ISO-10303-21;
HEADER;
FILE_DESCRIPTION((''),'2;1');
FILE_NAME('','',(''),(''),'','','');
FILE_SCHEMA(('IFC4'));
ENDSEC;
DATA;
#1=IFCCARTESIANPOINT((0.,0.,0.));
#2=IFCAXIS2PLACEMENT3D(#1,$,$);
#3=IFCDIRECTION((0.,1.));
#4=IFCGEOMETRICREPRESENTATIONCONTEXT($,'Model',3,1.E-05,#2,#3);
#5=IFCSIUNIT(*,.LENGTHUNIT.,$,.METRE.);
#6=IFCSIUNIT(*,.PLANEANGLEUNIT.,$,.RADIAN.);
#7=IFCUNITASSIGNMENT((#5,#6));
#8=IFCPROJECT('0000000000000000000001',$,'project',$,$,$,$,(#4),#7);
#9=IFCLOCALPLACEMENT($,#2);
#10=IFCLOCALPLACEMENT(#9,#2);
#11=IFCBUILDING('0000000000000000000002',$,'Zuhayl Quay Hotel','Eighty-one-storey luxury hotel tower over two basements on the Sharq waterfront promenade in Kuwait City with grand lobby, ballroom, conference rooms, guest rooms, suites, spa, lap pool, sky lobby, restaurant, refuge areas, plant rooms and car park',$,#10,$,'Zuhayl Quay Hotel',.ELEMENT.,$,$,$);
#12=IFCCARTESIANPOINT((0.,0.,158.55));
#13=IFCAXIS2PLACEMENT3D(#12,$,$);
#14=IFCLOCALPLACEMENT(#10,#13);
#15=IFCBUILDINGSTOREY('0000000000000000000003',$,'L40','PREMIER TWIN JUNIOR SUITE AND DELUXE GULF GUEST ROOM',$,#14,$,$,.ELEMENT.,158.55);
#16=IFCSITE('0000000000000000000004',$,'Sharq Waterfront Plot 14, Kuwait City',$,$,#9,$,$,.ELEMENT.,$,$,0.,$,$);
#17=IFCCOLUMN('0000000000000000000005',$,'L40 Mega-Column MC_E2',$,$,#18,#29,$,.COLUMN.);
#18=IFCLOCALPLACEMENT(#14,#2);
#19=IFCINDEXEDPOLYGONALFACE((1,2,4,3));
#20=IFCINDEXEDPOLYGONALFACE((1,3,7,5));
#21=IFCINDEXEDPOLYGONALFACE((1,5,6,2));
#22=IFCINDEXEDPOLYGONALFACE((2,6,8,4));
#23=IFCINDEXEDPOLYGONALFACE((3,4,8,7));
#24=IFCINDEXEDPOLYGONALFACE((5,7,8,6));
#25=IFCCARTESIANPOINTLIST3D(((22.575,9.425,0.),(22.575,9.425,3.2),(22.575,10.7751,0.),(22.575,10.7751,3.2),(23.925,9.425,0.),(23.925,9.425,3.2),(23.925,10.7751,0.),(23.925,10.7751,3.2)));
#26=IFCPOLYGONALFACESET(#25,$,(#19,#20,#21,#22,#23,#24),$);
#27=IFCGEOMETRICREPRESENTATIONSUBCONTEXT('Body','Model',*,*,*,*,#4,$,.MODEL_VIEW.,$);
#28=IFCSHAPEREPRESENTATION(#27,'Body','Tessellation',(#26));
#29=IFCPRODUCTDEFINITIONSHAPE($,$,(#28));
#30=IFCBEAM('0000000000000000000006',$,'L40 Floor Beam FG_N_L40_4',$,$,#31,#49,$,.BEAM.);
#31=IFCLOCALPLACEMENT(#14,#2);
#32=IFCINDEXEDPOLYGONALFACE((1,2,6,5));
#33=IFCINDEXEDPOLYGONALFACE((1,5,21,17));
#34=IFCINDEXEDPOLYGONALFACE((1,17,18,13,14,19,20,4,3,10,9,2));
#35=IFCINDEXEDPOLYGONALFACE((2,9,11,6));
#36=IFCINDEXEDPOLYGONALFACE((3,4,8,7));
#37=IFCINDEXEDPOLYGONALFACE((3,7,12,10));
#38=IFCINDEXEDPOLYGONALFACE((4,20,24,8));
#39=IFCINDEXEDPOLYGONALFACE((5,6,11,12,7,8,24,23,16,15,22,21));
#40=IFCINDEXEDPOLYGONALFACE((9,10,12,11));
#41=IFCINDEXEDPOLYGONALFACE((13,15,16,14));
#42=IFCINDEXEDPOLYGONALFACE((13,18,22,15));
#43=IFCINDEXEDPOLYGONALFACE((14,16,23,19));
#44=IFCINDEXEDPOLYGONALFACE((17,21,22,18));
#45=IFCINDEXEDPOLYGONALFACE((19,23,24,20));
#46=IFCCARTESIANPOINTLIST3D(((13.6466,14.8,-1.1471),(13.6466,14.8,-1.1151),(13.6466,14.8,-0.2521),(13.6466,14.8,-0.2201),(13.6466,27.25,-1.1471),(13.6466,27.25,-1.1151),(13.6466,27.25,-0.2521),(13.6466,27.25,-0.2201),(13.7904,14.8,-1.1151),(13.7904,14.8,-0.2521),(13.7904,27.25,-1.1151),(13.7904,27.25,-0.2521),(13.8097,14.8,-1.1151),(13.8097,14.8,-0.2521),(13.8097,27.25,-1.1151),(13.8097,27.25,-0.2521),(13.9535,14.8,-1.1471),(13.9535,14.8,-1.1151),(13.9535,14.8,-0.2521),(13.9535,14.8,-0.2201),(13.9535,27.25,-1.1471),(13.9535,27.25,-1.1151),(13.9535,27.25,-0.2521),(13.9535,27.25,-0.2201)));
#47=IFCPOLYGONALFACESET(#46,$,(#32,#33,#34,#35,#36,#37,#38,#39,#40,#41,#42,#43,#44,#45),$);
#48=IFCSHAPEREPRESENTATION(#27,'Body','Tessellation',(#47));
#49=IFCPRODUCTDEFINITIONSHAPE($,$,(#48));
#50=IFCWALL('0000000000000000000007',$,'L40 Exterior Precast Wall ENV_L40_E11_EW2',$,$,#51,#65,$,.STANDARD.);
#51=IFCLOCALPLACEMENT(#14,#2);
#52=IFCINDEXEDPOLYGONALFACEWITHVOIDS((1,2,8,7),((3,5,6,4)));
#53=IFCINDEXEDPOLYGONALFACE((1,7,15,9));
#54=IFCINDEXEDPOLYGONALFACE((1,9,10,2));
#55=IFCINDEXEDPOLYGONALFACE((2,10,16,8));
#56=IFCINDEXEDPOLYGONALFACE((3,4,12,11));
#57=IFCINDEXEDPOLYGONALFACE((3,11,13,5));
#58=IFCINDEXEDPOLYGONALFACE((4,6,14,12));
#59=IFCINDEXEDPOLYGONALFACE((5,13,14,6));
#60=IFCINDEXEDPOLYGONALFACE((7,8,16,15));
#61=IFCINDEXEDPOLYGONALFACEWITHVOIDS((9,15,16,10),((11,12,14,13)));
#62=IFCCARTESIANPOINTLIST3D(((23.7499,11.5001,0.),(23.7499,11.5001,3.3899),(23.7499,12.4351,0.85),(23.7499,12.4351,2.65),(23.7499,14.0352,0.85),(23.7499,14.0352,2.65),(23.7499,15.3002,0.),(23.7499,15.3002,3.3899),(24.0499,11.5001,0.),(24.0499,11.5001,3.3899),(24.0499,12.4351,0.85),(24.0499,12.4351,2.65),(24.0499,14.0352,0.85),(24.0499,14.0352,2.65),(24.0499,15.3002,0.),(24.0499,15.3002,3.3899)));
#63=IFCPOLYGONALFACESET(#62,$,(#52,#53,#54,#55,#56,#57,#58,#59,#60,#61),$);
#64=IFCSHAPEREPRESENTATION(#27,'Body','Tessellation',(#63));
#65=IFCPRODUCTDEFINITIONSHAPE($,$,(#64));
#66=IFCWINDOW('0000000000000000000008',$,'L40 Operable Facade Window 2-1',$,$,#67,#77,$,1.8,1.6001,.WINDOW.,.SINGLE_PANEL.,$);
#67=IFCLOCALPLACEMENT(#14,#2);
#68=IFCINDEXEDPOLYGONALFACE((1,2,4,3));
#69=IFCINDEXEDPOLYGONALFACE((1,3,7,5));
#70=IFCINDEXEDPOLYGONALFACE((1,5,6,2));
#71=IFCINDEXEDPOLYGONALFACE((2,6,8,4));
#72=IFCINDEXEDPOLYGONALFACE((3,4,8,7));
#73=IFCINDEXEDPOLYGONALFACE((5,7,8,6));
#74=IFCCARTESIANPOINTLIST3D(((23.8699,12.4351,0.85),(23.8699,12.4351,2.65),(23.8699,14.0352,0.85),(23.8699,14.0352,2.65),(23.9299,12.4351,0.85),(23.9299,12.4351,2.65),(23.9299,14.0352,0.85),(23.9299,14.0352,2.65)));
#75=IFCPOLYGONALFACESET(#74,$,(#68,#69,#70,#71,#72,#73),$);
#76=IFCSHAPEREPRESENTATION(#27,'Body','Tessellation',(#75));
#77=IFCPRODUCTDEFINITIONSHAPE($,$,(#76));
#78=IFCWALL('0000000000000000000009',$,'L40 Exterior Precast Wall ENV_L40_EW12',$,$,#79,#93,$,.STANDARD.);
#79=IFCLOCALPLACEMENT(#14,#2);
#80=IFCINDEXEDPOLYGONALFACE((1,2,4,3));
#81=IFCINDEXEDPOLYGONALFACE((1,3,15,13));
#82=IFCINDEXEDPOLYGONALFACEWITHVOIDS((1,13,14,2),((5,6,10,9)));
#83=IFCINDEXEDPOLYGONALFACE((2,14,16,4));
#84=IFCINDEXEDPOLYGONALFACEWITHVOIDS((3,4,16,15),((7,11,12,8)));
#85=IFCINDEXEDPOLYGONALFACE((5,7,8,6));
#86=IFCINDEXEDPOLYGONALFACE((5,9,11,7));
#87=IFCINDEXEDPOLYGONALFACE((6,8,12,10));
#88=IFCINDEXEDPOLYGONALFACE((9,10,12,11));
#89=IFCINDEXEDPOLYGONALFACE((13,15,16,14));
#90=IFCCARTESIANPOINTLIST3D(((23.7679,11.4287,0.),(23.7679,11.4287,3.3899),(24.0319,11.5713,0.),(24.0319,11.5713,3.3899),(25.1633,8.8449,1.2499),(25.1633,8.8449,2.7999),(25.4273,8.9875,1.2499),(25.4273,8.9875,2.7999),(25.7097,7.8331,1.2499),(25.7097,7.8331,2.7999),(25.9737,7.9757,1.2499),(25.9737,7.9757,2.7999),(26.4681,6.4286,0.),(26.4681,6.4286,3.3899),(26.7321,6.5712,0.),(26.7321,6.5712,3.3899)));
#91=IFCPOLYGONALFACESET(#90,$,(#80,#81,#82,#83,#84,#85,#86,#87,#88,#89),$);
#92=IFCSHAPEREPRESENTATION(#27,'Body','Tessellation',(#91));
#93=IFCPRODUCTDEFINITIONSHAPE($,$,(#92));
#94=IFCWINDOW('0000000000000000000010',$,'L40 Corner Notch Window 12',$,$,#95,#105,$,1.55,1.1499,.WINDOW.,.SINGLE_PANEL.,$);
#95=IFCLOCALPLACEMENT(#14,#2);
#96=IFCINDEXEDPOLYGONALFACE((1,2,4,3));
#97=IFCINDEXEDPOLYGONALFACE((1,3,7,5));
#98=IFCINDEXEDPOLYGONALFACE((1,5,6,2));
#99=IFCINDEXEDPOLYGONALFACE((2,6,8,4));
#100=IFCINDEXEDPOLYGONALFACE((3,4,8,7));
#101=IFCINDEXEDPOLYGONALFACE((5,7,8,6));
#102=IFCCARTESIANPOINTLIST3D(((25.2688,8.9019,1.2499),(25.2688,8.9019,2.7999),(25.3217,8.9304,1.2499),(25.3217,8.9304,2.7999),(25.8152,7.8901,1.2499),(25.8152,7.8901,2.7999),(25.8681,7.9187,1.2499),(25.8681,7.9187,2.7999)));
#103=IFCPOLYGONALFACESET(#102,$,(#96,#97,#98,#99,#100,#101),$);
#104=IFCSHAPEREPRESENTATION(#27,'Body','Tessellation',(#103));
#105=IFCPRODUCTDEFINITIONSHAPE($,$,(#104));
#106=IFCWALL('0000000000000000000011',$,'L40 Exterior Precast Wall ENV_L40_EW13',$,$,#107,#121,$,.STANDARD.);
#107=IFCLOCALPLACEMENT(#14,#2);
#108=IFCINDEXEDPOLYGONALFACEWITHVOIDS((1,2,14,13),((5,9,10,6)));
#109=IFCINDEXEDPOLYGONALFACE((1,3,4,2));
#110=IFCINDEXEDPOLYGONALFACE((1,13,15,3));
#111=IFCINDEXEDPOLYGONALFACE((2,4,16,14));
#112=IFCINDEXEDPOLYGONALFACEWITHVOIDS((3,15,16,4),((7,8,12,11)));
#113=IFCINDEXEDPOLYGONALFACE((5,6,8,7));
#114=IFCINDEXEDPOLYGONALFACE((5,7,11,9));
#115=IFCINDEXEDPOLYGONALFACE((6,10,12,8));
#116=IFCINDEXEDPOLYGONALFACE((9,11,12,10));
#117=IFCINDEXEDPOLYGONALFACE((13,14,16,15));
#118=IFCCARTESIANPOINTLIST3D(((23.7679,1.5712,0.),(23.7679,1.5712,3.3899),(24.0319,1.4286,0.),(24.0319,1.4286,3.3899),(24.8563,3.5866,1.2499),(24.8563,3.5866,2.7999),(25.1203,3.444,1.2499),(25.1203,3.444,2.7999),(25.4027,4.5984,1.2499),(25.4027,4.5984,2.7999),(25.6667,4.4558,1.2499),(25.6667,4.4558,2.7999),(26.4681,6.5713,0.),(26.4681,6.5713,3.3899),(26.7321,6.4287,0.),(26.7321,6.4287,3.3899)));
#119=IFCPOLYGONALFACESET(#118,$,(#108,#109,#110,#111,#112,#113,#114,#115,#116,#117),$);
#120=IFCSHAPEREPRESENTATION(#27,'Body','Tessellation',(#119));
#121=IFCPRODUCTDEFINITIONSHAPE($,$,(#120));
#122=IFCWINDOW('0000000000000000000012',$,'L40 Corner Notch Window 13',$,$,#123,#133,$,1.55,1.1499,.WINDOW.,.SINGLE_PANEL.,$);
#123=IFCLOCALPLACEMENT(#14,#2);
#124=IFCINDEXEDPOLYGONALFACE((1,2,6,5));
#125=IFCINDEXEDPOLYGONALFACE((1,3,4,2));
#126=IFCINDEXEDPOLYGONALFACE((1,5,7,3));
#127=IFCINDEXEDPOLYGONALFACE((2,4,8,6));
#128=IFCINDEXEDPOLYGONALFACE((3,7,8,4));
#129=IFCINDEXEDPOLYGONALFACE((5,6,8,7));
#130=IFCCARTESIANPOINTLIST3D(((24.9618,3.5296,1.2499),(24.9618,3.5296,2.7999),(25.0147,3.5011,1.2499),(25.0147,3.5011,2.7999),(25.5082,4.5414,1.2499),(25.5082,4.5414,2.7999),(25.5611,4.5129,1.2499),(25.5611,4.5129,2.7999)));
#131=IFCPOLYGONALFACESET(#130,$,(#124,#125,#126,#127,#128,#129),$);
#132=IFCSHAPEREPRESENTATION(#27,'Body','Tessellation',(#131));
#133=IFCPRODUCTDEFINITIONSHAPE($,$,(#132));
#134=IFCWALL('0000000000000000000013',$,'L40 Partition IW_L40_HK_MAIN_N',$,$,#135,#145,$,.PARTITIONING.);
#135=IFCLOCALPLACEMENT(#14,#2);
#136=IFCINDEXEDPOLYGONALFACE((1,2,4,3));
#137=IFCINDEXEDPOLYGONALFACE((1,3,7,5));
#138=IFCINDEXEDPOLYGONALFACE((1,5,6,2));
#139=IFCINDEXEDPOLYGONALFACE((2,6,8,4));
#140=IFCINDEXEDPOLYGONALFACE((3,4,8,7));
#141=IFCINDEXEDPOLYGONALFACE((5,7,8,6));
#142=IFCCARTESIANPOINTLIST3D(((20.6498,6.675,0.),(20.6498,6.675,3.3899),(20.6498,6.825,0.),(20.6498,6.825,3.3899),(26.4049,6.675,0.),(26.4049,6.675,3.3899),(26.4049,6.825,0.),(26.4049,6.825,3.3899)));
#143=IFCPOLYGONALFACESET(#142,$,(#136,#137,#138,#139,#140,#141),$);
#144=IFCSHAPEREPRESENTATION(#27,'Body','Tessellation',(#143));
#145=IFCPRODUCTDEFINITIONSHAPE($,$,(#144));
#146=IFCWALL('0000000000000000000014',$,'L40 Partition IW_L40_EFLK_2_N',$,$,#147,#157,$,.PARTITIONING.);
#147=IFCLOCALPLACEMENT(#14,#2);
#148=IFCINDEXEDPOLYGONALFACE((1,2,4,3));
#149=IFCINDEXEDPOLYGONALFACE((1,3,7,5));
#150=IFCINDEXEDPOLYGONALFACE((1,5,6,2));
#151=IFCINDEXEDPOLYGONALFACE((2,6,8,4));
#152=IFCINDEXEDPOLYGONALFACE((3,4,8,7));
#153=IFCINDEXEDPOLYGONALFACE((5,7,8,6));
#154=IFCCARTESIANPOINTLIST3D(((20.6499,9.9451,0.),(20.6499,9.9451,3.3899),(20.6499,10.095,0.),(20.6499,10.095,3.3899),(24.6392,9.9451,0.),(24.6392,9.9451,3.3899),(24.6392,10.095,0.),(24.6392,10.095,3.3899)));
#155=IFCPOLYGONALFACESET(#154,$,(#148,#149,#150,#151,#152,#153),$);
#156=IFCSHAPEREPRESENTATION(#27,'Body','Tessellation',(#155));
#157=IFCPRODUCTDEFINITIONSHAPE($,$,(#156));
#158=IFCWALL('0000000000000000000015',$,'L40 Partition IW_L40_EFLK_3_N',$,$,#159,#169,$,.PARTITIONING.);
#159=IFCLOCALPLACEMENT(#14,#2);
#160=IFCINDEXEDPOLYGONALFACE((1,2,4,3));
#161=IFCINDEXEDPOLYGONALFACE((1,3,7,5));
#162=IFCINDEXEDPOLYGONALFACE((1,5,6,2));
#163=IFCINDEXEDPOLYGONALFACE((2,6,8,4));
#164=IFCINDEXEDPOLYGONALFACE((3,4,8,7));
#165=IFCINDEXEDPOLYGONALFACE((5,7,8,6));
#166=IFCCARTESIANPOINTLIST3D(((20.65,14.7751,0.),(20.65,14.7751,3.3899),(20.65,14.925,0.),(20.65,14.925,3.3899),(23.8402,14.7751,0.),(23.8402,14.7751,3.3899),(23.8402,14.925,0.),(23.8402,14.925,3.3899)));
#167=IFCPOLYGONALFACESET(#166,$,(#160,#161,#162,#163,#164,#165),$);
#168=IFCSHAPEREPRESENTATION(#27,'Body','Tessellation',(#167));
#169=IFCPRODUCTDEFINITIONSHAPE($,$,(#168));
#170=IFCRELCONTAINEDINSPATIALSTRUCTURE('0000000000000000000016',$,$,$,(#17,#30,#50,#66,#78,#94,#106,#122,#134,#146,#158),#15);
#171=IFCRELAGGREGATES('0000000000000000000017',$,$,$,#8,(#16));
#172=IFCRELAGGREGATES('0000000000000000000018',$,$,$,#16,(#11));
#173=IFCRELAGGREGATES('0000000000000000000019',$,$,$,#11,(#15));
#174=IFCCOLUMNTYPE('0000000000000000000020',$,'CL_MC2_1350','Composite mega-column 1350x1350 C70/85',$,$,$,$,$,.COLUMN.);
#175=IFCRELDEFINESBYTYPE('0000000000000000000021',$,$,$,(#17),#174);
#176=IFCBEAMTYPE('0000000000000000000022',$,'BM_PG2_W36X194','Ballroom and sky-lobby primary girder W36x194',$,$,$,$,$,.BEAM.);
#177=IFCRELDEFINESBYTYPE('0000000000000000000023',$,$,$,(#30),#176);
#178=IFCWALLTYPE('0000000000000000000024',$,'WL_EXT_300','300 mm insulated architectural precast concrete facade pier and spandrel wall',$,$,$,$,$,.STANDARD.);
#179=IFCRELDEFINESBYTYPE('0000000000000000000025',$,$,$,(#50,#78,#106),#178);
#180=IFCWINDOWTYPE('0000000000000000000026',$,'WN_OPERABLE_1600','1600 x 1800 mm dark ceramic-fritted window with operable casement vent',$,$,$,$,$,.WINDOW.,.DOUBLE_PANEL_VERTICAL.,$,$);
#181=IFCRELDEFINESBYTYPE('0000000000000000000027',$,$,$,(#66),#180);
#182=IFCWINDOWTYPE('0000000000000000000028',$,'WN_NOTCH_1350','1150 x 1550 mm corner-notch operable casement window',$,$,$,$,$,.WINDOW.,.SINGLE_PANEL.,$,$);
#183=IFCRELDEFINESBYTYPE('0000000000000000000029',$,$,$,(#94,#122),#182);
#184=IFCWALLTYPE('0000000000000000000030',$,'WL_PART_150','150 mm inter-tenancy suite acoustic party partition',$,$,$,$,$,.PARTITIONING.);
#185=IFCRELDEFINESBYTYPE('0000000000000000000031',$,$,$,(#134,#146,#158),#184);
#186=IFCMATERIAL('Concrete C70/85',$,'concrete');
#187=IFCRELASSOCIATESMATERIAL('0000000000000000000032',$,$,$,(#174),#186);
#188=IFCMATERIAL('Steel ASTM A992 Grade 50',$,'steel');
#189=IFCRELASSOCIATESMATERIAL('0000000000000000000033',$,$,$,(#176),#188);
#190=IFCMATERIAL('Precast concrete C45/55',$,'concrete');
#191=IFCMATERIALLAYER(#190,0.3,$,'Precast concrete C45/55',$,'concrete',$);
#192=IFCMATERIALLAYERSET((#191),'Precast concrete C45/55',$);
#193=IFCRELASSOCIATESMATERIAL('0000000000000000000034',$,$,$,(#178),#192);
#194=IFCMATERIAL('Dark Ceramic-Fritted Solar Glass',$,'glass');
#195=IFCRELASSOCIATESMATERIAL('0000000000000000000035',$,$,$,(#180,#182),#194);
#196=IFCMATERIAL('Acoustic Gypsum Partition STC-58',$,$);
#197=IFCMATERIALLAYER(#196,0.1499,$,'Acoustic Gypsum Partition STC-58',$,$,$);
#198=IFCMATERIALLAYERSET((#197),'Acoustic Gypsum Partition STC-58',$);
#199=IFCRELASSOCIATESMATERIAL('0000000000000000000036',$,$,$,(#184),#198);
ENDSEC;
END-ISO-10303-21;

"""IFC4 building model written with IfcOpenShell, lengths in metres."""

from ifc_helpers import new_model, si_unit, direction, frame, frame_2d, origin, origin_2d, place, context, subcontext, project, spatial, rectangle, i_section, extrude, material, layer, layer_set, material_profile, profile_set, type_object, element, fill, save


model = new_model("IFC4")

# Units and contexts
model_context = context("Model", 3, precision=1e-05, world=origin(), true_north=direction((0.0, 1.0)))
body_context = subcontext(model_context, "Body", "Model", "MODEL_VIEW")
ifc_project = project(units=[si_unit("LENGTHUNIT", "METRE"), si_unit("PLANEANGLEUNIT", "RADIAN")], contexts=[model_context])

# Site, building, storey
site_placement = place(None, origin())
site = spatial("IfcSite", under=ifc_project, at=site_placement, Name="Sharq Waterfront Plot 14, Kuwait City", CompositionType="ELEMENT", RefElevation=0.0)
building_placement = place(site_placement, origin())
building = spatial("IfcBuilding", under=site, at=building_placement, Name="Zuhayl Quay Hotel", Description="Eighty-one-storey luxury hotel tower over two basements on the Sharq waterfront promenade in Kuwait City with grand lobby, ballroom, conference rooms, guest rooms, suites, spa, lap pool, sky lobby, restaurant, refuge areas, plant rooms and car park", LongName="Zuhayl Quay Hotel", CompositionType="ELEMENT")
storey_placement = place(building_placement, frame((0.0, 0.0, 158.55)))
storey = spatial("IfcBuildingStorey", under=building, at=storey_placement, Name="L40", Description="PREMIER TWIN JUNIOR SUITE AND DELUXE GULF GUEST ROOM", CompositionType="ELEMENT", Elevation=158.55)

# Column
ifc_material_1 = material(Name="Concrete C70/85", Category="concrete")
ifc_material_profile_1 = material_profile(ifc_material_1, rectangle(XDim=1.3501, YDim=1.3501, at=origin_2d()), Name="RC1350X1350")
ifc_profile_set_1 = profile_set([ifc_material_profile_1], Name="Concrete C70/85")
column_type = type_object("IfcColumnType", Name="CL_MC2_1350", Description="Composite mega-column 1350x1350 C70/85", PredefinedType="COLUMN", material=ifc_profile_set_1)
column_placement = place(storey_placement, frame((23.25, 10.1001, 0.0), z_axis=(0.0, 0.0, 1.0), x_axis=(1.0, 0.0, 0.0)))
element("IfcColumn", 1, at=column_placement, inside=storey, type_object=column_type, Name="L40 Mega-Column MC_E2", PredefinedType="COLUMN", context=body_context, shape_type="SweptSolid", body=[
    extrude(rectangle(XDim=1.3501, YDim=1.3501, at=origin_2d()), origin(), (0.0, 0.0, 1.0), 3.2),
])

# Beam
ifc_material_2 = material(Name="Steel ASTM A992 Grade 50", Category="steel")
ifc_material_profile_2 = material_profile(ifc_material_2, i_section(OverallWidth=0.3069, OverallDepth=0.927, WebThickness=0.0193, FlangeThickness=0.032, at=origin_2d()), Name="W36X194")
ifc_profile_set_2 = profile_set([ifc_material_profile_2], Name="Steel ASTM A992 Grade 50")
beam_type = type_object("IfcBeamType", Name="BM_PG2_W36X194", Description="Ballroom and sky-lobby primary girder W36x194", PredefinedType="BEAM", material=ifc_profile_set_2)
beam_placement = place(storey_placement, frame((13.8, 14.8, -0.6836), z_axis=(0.0, 1.0, 0.0), x_axis=(-1.0, 0.0, 0.0)))
element("IfcBeam", 2, at=beam_placement, inside=storey, type_object=beam_type, Name="L40 Floor Beam FG_N_L40_4", PredefinedType="BEAM", context=body_context, shape_type="SweptSolid", body=[
    extrude(i_section(OverallWidth=0.3069, OverallDepth=0.927, WebThickness=0.0193, FlangeThickness=0.032, at=origin_2d()), origin(), (0.0, 0.0, 1.0), 12.45),
])

# Walls, openings, windows
ifc_material_3 = material(Name="Precast concrete C45/55", Category="concrete")
ifc_layer_1 = layer(ifc_material_3, 0.3, Name="Precast concrete C45/55", Category="concrete")
ifc_layer_set_1 = layer_set([ifc_layer_1], Name="Precast concrete C45/55")
wall_type_1 = type_object("IfcWallType", Name="WL_EXT_300", Description="300 mm insulated architectural precast concrete facade pier and spandrel wall", PredefinedType="STANDARD", material=ifc_layer_set_1)
wall_1_placement = place(storey_placement, frame((23.8999, 15.3, 0.0), z_axis=(0.0, 0.0, 1.0), x_axis=(0.0, -1.0, 0.0)))
wall_1 = element("IfcWall", 3, at=wall_1_placement, inside=storey, type_object=wall_type_1, Name="L40 Exterior Precast Wall ENV_L40_E11_EW2", PredefinedType="STANDARD", context=body_context, shape_type="SweptSolid", body=[
    extrude(rectangle(XDim=3.8, YDim=0.3, at=frame_2d((1.8999, 0.0))), origin(), (0.0, 0.0, 1.0), 3.3899),
])
opening_1_placement = place(wall_1_placement, frame((1.2649, 0.0, 0.8501)))
opening_1 = element("IfcOpeningElement", 4, at=opening_1_placement, cuts=wall_1, PredefinedType="OPENING", context=body_context, shape_type="SweptSolid", body=[
    extrude(rectangle(XDim=1.6001, YDim=1.8, at=frame_2d((0.8, 0.8999))), frame((0.0, 0.1599, 0.0), z_axis=(0.0, -1.0, 0.0), x_axis=(1.0, 0.0, 0.0)), (0.0, 0.0, 1.0), 0.3201),
])
ifc_material_4 = material(Name="Dark Ceramic-Fritted Solar Glass", Category="glass")
window_type_1 = type_object("IfcWindowType", Name="WN_OPERABLE_1600", Description="1600 x 1800 mm dark ceramic-fritted window with operable casement vent", PartitioningType="DOUBLE_PANEL_VERTICAL", PredefinedType="WINDOW", material=ifc_material_4)
window_1_placement = place(opening_1_placement, origin())
window_1 = element("IfcWindow", 5, at=window_1_placement, inside=storey, type_object=window_type_1, Name="L40 Operable Facade Window 2-1", OverallHeight=1.8, OverallWidth=1.6001, PartitioningType="SINGLE_PANEL", PredefinedType="WINDOW", context=body_context, shape_type="SweptSolid", body=[
    extrude(rectangle(XDim=1.6001, YDim=1.8, at=frame_2d((0.8, 0.8999))), frame((0.0, 0.03, 0.0), z_axis=(0.0, -1.0, 0.0), x_axis=(1.0, 0.0, 0.0)), (0.0, 0.0, 1.0), 0.0601),
])
fill(opening_1, window_1)
wall_2_placement = place(storey_placement, frame((23.8999, 11.5, 0.0), z_axis=(0.0, 0.0, 1.0), x_axis=(0.475176, -0.879891, 0.0)))
wall_2 = element("IfcWall", 6, at=wall_2_placement, inside=storey, type_object=wall_type_1, Name="L40 Exterior Precast Wall ENV_L40_EW12", PredefinedType="STANDARD", context=body_context, shape_type="SweptSolid", body=[
    extrude(rectangle(XDim=5.6826, YDim=0.3, at=frame_2d((2.8413, 0.0))), origin(), (0.0, 0.0, 1.0), 3.3899),
])
opening_2_placement = place(wall_2_placement, frame((2.9365, 0.0, 1.25)))
opening_2 = element("IfcOpeningElement", 7, at=opening_2_placement, cuts=wall_2, PredefinedType="OPENING", context=body_context, shape_type="SweptSolid", body=[
    extrude(rectangle(XDim=1.1499, YDim=1.55, at=frame_2d((0.575, 0.7749))), frame((0.0, 0.1599, 0.0), z_axis=(0.0, -1.0, 0.0), x_axis=(1.0, 0.0, 0.0)), (0.0, 0.0, 1.0), 0.3201),
])
window_type_2 = type_object("IfcWindowType", Name="WN_NOTCH_1350", Description="1150 x 1550 mm corner-notch operable casement window", PartitioningType="SINGLE_PANEL", PredefinedType="WINDOW", material=ifc_material_4)
window_2_placement = place(opening_2_placement, origin())
window_2 = element("IfcWindow", 8, at=window_2_placement, inside=storey, type_object=window_type_2, Name="L40 Corner Notch Window 12", OverallHeight=1.55, OverallWidth=1.1499, PartitioningType="SINGLE_PANEL", PredefinedType="WINDOW", context=body_context, shape_type="SweptSolid", body=[
    extrude(rectangle(XDim=1.1499, YDim=1.55, at=frame_2d((0.575, 0.7749))), frame((0.0, 0.03, 0.0), z_axis=(0.0, -1.0, 0.0), x_axis=(1.0, 0.0, 0.0)), (0.0, 0.0, 1.0), 0.0601),
])
fill(opening_2, window_2)
wall_3_placement = place(storey_placement, frame((26.6001, 6.5, 0.0), z_axis=(0.0, 0.0, 1.0), x_axis=(-0.475176, -0.879891, 0.0)))
wall_3 = element("IfcWall", 9, at=wall_3_placement, inside=storey, type_object=wall_type_1, Name="L40 Exterior Precast Wall ENV_L40_EW13", PredefinedType="STANDARD", context=body_context, shape_type="SweptSolid", body=[
    extrude(rectangle(XDim=5.6826, YDim=0.3, at=frame_2d((2.8413, 0.0))), origin(), (0.0, 0.0, 1.0), 3.3899),
])
opening_3_placement = place(wall_3_placement, frame((2.2422, 0.0, 1.25)))
opening_3 = element("IfcOpeningElement", 10, at=opening_3_placement, cuts=wall_3, PredefinedType="OPENING", context=body_context, shape_type="SweptSolid", body=[
    extrude(rectangle(XDim=1.1499, YDim=1.55, at=frame_2d((0.575, 0.7749))), frame((0.0, 0.1599, 0.0), z_axis=(0.0, -1.0, 0.0), x_axis=(1.0, 0.0, 0.0)), (0.0, 0.0, 1.0), 0.3201),
])
window_3_placement = place(opening_3_placement, origin())
window_3 = element("IfcWindow", 11, at=window_3_placement, inside=storey, type_object=window_type_2, Name="L40 Corner Notch Window 13", OverallHeight=1.55, OverallWidth=1.1499, PartitioningType="SINGLE_PANEL", PredefinedType="WINDOW", context=body_context, shape_type="SweptSolid", body=[
    extrude(rectangle(XDim=1.1499, YDim=1.55, at=frame_2d((0.575, 0.7749))), frame((0.0, 0.03, 0.0), z_axis=(0.0, -1.0, 0.0), x_axis=(1.0, 0.0, 0.0)), (0.0, 0.0, 1.0), 0.0601),
])
fill(opening_3, window_3)

# Walls
ifc_material_5 = material(Name="Acoustic Gypsum Partition STC-58")
ifc_layer_2 = layer(ifc_material_5, 0.1499, Name="Acoustic Gypsum Partition STC-58")
ifc_layer_set_2 = layer_set([ifc_layer_2], Name="Acoustic Gypsum Partition STC-58")
wall_type_2 = type_object("IfcWallType", Name="WL_PART_150", Description="150 mm inter-tenancy suite acoustic party partition", PredefinedType="PARTITIONING", material=ifc_layer_set_2)
wall_4_placement = place(storey_placement, frame((20.6499, 6.75, 0.0), z_axis=(0.0, 0.0, 1.0), x_axis=(1.0, 0.0, 0.0)))
element("IfcWall", 12, at=wall_4_placement, inside=storey, type_object=wall_type_2, Name="L40 Partition IW_L40_HK_MAIN_N", PredefinedType="PARTITIONING", context=body_context, shape_type="SweptSolid", body=[
    extrude(rectangle(XDim=5.7551, YDim=0.1499, at=frame_2d((2.8774, 0.0))), origin(), (0.0, 0.0, 1.0), 3.3899),
])
wall_5_placement = place(storey_placement, frame((20.6499, 10.02, 0.0), z_axis=(0.0, 0.0, 1.0), x_axis=(1.0, 0.0, 0.0)))
element("IfcWall", 13, at=wall_5_placement, inside=storey, type_object=wall_type_2, Name="L40 Partition IW_L40_EFLK_2_N", PredefinedType="PARTITIONING", context=body_context, shape_type="SweptSolid", body=[
    extrude(rectangle(XDim=3.9893, YDim=0.1499, at=frame_2d((1.9946, 0.0))), origin(), (0.0, 0.0, 1.0), 3.3899),
])
wall_6_placement = place(storey_placement, frame((20.6499, 14.8501, 0.0), z_axis=(0.0, 0.0, 1.0), x_axis=(1.0, 0.0, 0.0)))
element("IfcWall", 14, at=wall_6_placement, inside=storey, type_object=wall_type_2, Name="L40 Partition IW_L40_EFLK_3_N", PredefinedType="PARTITIONING", context=body_context, shape_type="SweptSolid", body=[
    extrude(rectangle(XDim=3.1902, YDim=0.1499, at=frame_2d((1.5952, 0.0))), origin(), (0.0, 0.0, 1.0), 3.3899),
])

save(model, "model.ifc")
